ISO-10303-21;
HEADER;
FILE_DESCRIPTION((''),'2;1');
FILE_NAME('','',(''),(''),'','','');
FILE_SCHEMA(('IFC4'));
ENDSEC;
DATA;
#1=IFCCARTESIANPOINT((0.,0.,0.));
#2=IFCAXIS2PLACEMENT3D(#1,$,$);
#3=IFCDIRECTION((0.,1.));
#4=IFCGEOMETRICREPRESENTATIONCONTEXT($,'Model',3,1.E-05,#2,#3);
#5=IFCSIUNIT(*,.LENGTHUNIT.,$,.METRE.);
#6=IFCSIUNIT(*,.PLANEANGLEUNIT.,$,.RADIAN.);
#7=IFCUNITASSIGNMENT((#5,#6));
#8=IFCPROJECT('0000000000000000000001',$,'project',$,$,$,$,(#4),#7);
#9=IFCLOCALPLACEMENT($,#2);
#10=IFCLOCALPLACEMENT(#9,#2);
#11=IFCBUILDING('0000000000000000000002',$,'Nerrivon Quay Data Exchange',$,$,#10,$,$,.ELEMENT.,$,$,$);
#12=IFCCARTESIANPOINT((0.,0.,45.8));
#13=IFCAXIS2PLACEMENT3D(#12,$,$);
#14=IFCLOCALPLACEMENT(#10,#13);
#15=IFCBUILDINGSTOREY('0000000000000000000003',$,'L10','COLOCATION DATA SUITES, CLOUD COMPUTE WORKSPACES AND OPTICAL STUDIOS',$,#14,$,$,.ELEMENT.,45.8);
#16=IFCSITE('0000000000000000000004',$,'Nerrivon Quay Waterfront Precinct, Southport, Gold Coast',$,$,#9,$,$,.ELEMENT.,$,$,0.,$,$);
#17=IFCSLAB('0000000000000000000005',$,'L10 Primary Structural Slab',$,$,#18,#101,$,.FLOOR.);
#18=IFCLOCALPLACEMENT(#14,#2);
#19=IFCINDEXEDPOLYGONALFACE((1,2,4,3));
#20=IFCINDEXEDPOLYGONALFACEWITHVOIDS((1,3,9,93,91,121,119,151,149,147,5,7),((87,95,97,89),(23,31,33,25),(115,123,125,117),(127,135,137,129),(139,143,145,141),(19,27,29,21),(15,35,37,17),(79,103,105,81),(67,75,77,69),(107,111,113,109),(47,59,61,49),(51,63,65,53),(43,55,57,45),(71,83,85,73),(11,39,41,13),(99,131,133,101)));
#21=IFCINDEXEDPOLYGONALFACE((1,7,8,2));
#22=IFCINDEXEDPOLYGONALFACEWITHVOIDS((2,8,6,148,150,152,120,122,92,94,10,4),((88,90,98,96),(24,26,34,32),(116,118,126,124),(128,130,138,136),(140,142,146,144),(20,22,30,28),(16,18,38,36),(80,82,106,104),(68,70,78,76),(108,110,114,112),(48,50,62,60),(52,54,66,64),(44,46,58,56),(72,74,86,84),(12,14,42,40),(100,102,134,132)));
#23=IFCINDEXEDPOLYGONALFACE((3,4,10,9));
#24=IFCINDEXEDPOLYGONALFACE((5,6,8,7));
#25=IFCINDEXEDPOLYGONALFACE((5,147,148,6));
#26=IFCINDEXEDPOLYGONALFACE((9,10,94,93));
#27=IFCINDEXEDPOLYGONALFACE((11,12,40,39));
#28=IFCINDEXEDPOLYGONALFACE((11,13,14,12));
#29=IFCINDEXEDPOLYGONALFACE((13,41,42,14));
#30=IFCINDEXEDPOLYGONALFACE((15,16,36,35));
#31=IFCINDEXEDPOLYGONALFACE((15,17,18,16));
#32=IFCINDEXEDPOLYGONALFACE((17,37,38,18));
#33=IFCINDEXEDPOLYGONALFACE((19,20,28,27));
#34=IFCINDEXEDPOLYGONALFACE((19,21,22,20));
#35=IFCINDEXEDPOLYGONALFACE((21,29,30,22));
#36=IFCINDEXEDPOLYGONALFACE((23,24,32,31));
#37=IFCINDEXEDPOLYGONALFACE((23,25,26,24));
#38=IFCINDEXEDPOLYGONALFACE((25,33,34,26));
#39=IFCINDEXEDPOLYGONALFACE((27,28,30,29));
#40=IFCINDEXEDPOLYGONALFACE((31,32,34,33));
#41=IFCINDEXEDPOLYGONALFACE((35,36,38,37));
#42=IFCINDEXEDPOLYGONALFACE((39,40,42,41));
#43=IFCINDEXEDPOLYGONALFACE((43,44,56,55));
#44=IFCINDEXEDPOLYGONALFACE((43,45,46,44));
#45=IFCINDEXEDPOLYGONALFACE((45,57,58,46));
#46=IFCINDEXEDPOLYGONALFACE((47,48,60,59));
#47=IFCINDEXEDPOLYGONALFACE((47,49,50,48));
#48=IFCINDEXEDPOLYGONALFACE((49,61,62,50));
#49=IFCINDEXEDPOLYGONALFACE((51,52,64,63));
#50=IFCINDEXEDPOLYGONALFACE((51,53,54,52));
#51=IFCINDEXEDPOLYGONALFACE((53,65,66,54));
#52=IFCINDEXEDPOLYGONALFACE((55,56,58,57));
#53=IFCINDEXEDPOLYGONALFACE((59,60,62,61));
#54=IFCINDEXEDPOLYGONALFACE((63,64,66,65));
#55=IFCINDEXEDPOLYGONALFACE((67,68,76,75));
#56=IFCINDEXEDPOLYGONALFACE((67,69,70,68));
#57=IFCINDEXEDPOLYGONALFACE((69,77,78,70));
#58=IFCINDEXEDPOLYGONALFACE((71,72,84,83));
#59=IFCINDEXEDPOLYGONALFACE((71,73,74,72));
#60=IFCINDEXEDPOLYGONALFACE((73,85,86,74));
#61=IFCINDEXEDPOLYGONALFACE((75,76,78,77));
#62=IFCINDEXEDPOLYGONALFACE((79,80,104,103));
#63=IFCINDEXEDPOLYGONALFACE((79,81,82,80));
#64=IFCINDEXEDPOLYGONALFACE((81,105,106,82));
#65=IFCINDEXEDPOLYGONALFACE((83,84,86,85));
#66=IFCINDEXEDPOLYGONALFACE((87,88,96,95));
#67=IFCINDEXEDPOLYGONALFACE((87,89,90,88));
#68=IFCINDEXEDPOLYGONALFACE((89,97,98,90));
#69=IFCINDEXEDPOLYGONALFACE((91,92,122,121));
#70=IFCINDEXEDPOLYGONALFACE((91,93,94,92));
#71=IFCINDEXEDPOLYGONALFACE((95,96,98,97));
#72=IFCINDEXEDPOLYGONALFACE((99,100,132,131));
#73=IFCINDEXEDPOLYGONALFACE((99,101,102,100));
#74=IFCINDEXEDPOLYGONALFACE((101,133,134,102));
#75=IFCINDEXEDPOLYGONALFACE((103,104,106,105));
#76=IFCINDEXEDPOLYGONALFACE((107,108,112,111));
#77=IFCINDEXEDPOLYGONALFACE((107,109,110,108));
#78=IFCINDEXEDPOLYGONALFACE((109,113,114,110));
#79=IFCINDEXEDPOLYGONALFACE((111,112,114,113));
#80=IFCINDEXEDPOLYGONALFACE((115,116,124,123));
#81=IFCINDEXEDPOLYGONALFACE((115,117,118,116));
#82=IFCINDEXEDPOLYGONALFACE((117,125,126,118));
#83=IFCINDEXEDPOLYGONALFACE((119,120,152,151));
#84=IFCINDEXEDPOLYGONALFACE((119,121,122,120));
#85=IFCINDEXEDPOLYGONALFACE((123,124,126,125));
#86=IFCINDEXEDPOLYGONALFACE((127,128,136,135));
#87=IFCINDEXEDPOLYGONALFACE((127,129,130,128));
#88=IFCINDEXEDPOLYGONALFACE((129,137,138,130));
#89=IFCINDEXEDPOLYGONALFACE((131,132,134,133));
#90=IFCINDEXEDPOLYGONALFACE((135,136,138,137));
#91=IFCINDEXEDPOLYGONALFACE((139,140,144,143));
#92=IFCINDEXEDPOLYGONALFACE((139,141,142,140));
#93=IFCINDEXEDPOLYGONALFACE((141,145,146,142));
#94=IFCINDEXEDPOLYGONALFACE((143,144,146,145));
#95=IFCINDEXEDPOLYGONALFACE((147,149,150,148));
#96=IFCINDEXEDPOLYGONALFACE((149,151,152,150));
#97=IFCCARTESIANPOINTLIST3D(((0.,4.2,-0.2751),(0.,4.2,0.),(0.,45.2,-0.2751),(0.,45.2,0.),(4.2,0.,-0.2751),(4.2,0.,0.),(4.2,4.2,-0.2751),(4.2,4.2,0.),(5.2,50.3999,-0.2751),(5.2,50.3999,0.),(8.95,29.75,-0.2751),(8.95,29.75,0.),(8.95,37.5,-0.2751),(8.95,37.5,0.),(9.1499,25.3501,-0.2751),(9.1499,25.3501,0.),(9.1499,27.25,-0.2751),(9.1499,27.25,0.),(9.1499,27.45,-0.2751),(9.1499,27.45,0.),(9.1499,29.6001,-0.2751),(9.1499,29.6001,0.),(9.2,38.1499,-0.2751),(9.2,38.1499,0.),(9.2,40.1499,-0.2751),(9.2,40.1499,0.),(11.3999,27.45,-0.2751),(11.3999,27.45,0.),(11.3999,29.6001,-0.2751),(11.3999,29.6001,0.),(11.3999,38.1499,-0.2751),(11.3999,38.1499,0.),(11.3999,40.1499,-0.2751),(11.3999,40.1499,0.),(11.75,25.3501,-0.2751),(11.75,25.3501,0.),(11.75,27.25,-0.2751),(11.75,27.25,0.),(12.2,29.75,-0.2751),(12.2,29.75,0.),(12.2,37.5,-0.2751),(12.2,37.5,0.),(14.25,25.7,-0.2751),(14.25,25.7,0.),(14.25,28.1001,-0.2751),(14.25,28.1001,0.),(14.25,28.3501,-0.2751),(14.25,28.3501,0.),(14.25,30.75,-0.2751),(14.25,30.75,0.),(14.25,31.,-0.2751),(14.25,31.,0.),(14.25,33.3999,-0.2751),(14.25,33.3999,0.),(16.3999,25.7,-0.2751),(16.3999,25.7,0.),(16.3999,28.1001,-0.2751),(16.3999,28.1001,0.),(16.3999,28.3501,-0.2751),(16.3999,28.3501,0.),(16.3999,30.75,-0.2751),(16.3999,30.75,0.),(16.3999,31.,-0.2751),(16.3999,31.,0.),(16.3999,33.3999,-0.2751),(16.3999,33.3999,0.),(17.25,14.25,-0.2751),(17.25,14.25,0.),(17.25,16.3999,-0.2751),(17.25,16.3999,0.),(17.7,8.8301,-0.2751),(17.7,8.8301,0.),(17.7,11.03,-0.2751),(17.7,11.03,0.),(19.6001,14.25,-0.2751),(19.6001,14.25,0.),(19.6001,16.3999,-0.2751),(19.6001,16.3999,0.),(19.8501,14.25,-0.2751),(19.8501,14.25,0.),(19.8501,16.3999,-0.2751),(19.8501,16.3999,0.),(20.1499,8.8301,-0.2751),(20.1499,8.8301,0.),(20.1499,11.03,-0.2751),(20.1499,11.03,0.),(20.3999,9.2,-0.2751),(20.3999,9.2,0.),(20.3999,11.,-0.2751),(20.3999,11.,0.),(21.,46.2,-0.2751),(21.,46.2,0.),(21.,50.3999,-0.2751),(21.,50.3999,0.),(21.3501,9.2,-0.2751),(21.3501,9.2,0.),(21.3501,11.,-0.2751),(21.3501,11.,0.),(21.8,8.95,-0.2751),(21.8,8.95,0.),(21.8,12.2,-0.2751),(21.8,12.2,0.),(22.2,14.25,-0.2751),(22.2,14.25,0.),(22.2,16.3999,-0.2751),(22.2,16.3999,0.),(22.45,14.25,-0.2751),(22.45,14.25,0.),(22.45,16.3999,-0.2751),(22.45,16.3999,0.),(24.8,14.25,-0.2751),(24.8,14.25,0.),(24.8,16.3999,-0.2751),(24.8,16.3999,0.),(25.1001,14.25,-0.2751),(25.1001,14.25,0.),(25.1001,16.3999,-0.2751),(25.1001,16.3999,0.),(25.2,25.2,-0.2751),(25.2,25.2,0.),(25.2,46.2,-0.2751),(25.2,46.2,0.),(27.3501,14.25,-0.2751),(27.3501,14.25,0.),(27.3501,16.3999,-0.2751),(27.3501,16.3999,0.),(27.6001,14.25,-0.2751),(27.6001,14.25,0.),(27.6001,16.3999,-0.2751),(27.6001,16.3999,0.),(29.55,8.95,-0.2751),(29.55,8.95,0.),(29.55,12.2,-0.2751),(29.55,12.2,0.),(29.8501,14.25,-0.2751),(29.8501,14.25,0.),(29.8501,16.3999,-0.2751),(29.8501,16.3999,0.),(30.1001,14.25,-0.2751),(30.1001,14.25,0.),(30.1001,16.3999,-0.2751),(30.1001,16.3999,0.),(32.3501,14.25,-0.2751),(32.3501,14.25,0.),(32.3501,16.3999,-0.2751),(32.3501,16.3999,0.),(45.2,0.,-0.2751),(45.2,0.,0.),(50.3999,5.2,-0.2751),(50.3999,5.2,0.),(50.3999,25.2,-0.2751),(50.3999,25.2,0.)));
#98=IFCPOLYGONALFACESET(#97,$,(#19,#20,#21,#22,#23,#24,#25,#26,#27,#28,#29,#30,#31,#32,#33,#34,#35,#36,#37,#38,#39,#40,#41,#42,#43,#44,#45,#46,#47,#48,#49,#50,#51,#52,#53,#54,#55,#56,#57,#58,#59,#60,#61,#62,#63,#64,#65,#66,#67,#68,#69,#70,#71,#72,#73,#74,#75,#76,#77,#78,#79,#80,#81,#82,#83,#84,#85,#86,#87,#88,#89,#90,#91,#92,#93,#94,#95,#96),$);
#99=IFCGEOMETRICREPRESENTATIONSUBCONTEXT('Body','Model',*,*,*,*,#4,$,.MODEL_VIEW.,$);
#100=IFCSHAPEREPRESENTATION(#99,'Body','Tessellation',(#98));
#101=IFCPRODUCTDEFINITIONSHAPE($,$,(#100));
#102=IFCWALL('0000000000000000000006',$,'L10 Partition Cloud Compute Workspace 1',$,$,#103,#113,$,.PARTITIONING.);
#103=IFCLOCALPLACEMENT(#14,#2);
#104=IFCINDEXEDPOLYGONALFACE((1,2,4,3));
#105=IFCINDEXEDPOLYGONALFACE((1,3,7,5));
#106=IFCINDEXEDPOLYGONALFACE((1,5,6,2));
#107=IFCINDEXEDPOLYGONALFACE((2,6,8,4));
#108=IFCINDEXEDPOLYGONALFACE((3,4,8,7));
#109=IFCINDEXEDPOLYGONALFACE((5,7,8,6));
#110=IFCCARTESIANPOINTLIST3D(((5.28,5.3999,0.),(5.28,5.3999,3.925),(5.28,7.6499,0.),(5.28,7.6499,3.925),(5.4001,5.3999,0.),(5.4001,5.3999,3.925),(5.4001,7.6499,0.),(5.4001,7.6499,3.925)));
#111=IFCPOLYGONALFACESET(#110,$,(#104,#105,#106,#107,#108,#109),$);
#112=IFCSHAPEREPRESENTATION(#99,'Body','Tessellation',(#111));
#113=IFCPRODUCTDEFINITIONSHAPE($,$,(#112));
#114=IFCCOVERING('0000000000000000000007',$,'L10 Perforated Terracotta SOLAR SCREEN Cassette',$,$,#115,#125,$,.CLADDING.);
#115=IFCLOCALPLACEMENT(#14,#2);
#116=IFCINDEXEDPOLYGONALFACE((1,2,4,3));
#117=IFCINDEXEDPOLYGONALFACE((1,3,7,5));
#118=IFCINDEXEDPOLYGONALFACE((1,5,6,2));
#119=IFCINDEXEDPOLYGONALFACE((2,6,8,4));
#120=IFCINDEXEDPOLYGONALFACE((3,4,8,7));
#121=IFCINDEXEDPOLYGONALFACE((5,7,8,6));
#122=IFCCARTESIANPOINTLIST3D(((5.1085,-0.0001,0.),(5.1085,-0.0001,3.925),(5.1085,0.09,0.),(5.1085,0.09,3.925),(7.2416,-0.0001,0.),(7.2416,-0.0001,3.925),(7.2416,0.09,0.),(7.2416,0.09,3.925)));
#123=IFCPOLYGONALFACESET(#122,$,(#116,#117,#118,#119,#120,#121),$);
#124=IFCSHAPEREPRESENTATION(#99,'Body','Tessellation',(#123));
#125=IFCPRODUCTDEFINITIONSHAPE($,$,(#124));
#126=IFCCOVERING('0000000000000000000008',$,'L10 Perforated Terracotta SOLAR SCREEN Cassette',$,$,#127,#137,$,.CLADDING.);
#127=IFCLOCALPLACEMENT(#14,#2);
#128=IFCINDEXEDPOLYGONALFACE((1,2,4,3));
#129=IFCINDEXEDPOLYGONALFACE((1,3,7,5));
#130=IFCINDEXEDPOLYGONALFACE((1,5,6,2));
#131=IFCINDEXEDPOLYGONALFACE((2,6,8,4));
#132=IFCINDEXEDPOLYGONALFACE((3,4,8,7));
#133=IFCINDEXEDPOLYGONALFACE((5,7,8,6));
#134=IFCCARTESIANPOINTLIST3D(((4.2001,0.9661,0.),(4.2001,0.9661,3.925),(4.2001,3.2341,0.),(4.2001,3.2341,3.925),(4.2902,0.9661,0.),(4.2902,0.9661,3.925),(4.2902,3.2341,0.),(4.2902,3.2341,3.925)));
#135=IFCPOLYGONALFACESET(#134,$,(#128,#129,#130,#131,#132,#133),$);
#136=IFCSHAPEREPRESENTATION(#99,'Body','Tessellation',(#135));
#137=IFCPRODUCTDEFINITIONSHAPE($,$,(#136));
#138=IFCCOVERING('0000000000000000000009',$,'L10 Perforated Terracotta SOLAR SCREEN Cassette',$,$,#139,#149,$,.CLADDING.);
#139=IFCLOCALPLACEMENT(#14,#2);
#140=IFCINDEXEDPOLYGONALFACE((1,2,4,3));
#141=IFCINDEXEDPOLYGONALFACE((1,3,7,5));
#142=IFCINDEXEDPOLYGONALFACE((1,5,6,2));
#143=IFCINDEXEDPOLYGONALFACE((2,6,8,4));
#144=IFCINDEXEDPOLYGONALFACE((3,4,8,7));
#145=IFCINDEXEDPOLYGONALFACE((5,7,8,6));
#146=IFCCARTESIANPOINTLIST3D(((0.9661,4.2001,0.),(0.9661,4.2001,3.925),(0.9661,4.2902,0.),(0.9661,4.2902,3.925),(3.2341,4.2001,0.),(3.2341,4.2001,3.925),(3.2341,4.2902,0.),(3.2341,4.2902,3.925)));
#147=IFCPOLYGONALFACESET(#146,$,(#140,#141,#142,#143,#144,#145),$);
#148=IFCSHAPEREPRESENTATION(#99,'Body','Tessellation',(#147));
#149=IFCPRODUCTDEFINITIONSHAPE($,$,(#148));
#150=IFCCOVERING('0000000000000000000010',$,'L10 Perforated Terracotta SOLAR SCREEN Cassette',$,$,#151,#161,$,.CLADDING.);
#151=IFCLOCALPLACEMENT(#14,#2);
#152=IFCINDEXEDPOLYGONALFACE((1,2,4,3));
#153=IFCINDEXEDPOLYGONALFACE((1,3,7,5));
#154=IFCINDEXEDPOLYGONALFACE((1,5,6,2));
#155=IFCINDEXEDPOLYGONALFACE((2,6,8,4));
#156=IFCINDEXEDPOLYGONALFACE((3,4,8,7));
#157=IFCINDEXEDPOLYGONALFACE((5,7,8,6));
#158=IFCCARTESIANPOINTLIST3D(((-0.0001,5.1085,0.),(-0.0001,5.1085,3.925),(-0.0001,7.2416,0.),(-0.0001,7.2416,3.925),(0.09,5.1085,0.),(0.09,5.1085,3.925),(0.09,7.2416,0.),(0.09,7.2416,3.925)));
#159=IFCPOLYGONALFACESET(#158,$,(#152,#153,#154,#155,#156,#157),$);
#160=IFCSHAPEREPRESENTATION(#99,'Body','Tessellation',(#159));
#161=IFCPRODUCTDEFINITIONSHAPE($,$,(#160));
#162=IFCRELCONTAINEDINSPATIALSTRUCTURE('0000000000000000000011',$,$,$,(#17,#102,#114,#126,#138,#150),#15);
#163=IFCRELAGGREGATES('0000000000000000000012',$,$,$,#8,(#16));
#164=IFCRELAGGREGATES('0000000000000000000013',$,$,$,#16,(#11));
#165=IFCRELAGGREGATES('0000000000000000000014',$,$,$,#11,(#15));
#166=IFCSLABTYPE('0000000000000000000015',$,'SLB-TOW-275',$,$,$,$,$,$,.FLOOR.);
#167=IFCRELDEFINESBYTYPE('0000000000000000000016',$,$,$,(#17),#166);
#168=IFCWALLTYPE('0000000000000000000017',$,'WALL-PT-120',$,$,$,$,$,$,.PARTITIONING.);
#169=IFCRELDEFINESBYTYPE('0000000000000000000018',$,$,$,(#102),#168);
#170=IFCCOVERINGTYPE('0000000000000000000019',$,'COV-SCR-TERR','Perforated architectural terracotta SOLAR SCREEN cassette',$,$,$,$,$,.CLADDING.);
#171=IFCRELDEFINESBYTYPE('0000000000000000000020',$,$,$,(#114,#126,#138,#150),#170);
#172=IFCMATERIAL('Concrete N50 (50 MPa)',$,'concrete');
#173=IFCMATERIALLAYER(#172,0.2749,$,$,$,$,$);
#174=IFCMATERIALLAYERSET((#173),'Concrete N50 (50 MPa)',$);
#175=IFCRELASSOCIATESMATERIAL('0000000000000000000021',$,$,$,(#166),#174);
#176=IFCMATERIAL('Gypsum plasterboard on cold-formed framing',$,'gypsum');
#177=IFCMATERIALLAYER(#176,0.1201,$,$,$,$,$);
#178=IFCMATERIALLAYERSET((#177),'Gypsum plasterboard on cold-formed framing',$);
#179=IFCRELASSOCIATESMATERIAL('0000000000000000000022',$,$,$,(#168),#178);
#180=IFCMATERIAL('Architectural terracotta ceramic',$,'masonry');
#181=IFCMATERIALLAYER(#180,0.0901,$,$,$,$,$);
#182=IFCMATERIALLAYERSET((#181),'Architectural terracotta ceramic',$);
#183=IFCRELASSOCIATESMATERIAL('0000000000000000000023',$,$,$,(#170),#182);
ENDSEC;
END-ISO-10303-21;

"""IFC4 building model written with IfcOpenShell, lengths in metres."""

from ifc_helpers import new_model, si_unit, direction, frame, frame_2d, origin, origin_2d, place, context, subcontext, project, spatial, polyline, rectangle, outline, extrude, material, layer, layer_set, type_object, element, save


model = new_model("IFC4")

# Units and contexts
model_context = context("Model", 3, precision=1e-05, world=origin(), true_north=direction((0.0, 1.0)))
body_context = subcontext(model_context, "Body", "Model", "MODEL_VIEW")
ifc_project = project(units=[si_unit("LENGTHUNIT", "METRE"), si_unit("PLANEANGLEUNIT", "RADIAN")], contexts=[model_context])

# Site, building, storey
site_placement = place(None, origin())
site = spatial("IfcSite", under=ifc_project, at=site_placement, Name="Nerrivon Quay Waterfront Precinct, Southport, Gold Coast", CompositionType="ELEMENT", RefElevation=0.0)
building_placement = place(site_placement, origin())
building = spatial("IfcBuilding", under=site, at=building_placement, Name="Nerrivon Quay Data Exchange", CompositionType="ELEMENT")
storey_placement = place(building_placement, frame((0.0, 0.0, 45.8)))
storey = spatial("IfcBuildingStorey", under=building, at=storey_placement, Name="L10", Description="COLOCATION DATA SUITES, CLOUD COMPUTE WORKSPACES AND OPTICAL STUDIOS", CompositionType="ELEMENT", Elevation=45.8)

# Shared definitions
ifc_material_1 = material(Name="Concrete N50 (50 MPa)", Category="concrete")

# Slab
ifc_layer_1 = layer(ifc_material_1, 0.2749)
ifc_layer_set_1 = layer_set([ifc_layer_1], Name="Concrete N50 (50 MPa)")
slab_type_1 = type_object("IfcSlabType", Name="SLB-TOW-275", PredefinedType="FLOOR", material=ifc_layer_set_1)
slab_1_placement = place(storey_placement, frame((0.0, 0.0, -0.2751)))
element("IfcSlab", 1, at=slab_1_placement, inside=storey, type_object=slab_type_1, Name="L10 Primary Structural Slab", PredefinedType="FLOOR", context=body_context, shape_type="SweptSolid", body=[
    extrude(outline(polyline([(50.3999, 25.2), (25.2, 25.2), (25.2, 46.2), (21.0, 46.2), (21.0, 50.3999), (5.2, 50.3999), (0.0, 45.2), (0.0, 4.2), (4.2, 4.2), (4.2, 0.0), (45.2, 0.0), (50.3999, 5.2), (50.3999, 25.2)]), holes=[polyline([(8.95, 29.75), (8.95, 37.5), (12.2, 37.5), (12.2, 29.75), (8.95, 29.75)]), polyline([(21.8, 12.2), (29.55, 12.2), (29.55, 8.95), (21.8, 8.95), (21.8, 12.2)]), polyline([(30.1001, 16.3999), (32.3501, 16.3999), (32.3501, 14.25), (30.1001, 14.25), (30.1001, 16.3999)]), polyline([(27.6001, 16.3999), (29.8501, 16.3999), (29.8501, 14.25), (27.6001, 14.25), (27.6001, 16.3999)]), polyline([(25.1001, 16.3999), (27.3501, 16.3999), (27.3501, 14.25), (25.1001, 14.25), (25.1001, 16.3999)]), polyline([(22.45, 16.3999), (24.8, 16.3999), (24.8, 14.25), (22.45, 14.25), (22.45, 16.3999)]), polyline([(19.8501, 16.3999), (22.2, 16.3999), (22.2, 14.25), (19.8501, 14.25), (19.8501, 16.3999)]), polyline([(20.3999, 11.0), (21.3501, 11.0), (21.3501, 9.2), (20.3999, 9.2), (20.3999, 11.0)]), polyline([(17.7, 8.8301), (17.7, 11.03), (20.1499, 11.03), (20.1499, 8.8301), (17.7, 8.8301)]), polyline([(17.25, 14.25), (17.25, 16.3999), (19.6001, 16.3999), (19.6001, 14.25), (17.25, 14.25)]), polyline([(14.25, 28.1001), (16.3999, 28.1001), (16.3999, 25.7), (14.25, 25.7), (14.25, 28.1001)]), polyline([(14.25, 30.75), (16.3999, 30.75), (16.3999, 28.3501), (14.25, 28.3501), (14.25, 30.75)]), polyline([(14.25, 33.3999), (16.3999, 33.3999), (16.3999, 31.0), (14.25, 31.0), (14.25, 33.3999)]), polyline([(9.1499, 27.25), (11.75, 27.25), (11.75, 25.3501), (9.1499, 25.3501), (9.1499, 27.25)]), polyline([(9.1499, 29.6001), (11.3999, 29.6001), (11.3999, 27.45), (9.1499, 27.45), (9.1499, 29.6001)]), polyline([(9.2, 40.1499), (11.3999, 40.1499), (11.3999, 38.1499), (9.2, 38.1499), (9.2, 40.1499)])]), origin(), (0.0, 0.0, 1.0), 0.2751),
])

# Wall
ifc_material_2 = material(Name="Gypsum plasterboard on cold-formed framing", Category="gypsum")
ifc_layer_2 = layer(ifc_material_2, 0.1201)
ifc_layer_set_2 = layer_set([ifc_layer_2], Name="Gypsum plasterboard on cold-formed framing")
wall_type = type_object("IfcWallType", Name="WALL-PT-120", PredefinedType="PARTITIONING", material=ifc_layer_set_2)
wall_placement = place(storey_placement, frame((5.3401, 5.3999, 0.0), z_axis=(0.0, 0.0, 1.0), x_axis=(0.0, 1.0, 0.0)))
element("IfcWall", 2, at=wall_placement, inside=storey, type_object=wall_type, Name="L10 Partition Cloud Compute Workspace 1", PredefinedType="PARTITIONING", context=body_context, shape_type="SweptSolid", body=[
    extrude(rectangle(XDim=2.25, YDim=0.1201, at=frame_2d((1.125, 0.0))), origin(), (0.0, 0.0, 1.0), 3.925),
])

# Coverings
ifc_material_3 = material(Name="Architectural terracotta ceramic", Category="masonry")
ifc_layer_3 = layer(ifc_material_3, 0.0901)
ifc_layer_set_3 = layer_set([ifc_layer_3], Name="Architectural terracotta ceramic")
covering_type = type_object("IfcCoveringType", Name="COV-SCR-TERR", Description="Perforated architectural terracotta SOLAR SCREEN cassette", PredefinedType="CLADDING", material=ifc_layer_set_3)
covering_1_placement = place(storey_placement, frame((6.175, 0.0449, 0.0), z_axis=(0.0, 0.0, 1.0), x_axis=(-1.0, 0.0, 0.0)))
element("IfcCovering", 3, at=covering_1_placement, inside=storey, type_object=covering_type, Name="L10 Perforated Terracotta SOLAR SCREEN Cassette", PredefinedType="CLADDING", context=body_context, shape_type="SweptSolid", body=[
    extrude(rectangle(XDim=2.1331, YDim=0.0901, at=origin_2d()), origin(), (0.0, 0.0, 1.0), 3.925),
])
for number, where, z_axis, x_axis, name in (
    (4, (4.2451, 2.1001, 0.0), (0.0, 0.0, 1.0), (0.0, 1.0, 0.0), "L10 Perforated Terracotta SOLAR SCREEN Cassette"),
    (5, (2.1001, 4.2451, 0.0), (0.0, 0.0, 1.0), (-1.0, 0.0, 0.0), "L10 Perforated Terracotta SOLAR SCREEN Cassette"),
):
    element("IfcCovering", number, at=place(storey_placement, frame(where, z_axis=z_axis, x_axis=x_axis)), inside=storey, type_object=covering_type, Name=name, PredefinedType="CLADDING", context=body_context, shape_type="SweptSolid", body=[
        extrude(rectangle(XDim=2.2681, YDim=0.0901, at=origin_2d()), origin(), (0.0, 0.0, 1.0), 3.925),
    ])
covering_2_placement = place(storey_placement, frame((0.0449, 6.175, 0.0), z_axis=(0.0, 0.0, 1.0), x_axis=(0.0, 1.0, 0.0)))
element("IfcCovering", 6, at=covering_2_placement, inside=storey, type_object=covering_type, Name="L10 Perforated Terracotta SOLAR SCREEN Cassette", PredefinedType="CLADDING", context=body_context, shape_type="SweptSolid", body=[
    extrude(rectangle(XDim=2.1331, YDim=0.0901, at=origin_2d()), origin(), (0.0, 0.0, 1.0), 3.925),
])

save(model, "model.ifc")
